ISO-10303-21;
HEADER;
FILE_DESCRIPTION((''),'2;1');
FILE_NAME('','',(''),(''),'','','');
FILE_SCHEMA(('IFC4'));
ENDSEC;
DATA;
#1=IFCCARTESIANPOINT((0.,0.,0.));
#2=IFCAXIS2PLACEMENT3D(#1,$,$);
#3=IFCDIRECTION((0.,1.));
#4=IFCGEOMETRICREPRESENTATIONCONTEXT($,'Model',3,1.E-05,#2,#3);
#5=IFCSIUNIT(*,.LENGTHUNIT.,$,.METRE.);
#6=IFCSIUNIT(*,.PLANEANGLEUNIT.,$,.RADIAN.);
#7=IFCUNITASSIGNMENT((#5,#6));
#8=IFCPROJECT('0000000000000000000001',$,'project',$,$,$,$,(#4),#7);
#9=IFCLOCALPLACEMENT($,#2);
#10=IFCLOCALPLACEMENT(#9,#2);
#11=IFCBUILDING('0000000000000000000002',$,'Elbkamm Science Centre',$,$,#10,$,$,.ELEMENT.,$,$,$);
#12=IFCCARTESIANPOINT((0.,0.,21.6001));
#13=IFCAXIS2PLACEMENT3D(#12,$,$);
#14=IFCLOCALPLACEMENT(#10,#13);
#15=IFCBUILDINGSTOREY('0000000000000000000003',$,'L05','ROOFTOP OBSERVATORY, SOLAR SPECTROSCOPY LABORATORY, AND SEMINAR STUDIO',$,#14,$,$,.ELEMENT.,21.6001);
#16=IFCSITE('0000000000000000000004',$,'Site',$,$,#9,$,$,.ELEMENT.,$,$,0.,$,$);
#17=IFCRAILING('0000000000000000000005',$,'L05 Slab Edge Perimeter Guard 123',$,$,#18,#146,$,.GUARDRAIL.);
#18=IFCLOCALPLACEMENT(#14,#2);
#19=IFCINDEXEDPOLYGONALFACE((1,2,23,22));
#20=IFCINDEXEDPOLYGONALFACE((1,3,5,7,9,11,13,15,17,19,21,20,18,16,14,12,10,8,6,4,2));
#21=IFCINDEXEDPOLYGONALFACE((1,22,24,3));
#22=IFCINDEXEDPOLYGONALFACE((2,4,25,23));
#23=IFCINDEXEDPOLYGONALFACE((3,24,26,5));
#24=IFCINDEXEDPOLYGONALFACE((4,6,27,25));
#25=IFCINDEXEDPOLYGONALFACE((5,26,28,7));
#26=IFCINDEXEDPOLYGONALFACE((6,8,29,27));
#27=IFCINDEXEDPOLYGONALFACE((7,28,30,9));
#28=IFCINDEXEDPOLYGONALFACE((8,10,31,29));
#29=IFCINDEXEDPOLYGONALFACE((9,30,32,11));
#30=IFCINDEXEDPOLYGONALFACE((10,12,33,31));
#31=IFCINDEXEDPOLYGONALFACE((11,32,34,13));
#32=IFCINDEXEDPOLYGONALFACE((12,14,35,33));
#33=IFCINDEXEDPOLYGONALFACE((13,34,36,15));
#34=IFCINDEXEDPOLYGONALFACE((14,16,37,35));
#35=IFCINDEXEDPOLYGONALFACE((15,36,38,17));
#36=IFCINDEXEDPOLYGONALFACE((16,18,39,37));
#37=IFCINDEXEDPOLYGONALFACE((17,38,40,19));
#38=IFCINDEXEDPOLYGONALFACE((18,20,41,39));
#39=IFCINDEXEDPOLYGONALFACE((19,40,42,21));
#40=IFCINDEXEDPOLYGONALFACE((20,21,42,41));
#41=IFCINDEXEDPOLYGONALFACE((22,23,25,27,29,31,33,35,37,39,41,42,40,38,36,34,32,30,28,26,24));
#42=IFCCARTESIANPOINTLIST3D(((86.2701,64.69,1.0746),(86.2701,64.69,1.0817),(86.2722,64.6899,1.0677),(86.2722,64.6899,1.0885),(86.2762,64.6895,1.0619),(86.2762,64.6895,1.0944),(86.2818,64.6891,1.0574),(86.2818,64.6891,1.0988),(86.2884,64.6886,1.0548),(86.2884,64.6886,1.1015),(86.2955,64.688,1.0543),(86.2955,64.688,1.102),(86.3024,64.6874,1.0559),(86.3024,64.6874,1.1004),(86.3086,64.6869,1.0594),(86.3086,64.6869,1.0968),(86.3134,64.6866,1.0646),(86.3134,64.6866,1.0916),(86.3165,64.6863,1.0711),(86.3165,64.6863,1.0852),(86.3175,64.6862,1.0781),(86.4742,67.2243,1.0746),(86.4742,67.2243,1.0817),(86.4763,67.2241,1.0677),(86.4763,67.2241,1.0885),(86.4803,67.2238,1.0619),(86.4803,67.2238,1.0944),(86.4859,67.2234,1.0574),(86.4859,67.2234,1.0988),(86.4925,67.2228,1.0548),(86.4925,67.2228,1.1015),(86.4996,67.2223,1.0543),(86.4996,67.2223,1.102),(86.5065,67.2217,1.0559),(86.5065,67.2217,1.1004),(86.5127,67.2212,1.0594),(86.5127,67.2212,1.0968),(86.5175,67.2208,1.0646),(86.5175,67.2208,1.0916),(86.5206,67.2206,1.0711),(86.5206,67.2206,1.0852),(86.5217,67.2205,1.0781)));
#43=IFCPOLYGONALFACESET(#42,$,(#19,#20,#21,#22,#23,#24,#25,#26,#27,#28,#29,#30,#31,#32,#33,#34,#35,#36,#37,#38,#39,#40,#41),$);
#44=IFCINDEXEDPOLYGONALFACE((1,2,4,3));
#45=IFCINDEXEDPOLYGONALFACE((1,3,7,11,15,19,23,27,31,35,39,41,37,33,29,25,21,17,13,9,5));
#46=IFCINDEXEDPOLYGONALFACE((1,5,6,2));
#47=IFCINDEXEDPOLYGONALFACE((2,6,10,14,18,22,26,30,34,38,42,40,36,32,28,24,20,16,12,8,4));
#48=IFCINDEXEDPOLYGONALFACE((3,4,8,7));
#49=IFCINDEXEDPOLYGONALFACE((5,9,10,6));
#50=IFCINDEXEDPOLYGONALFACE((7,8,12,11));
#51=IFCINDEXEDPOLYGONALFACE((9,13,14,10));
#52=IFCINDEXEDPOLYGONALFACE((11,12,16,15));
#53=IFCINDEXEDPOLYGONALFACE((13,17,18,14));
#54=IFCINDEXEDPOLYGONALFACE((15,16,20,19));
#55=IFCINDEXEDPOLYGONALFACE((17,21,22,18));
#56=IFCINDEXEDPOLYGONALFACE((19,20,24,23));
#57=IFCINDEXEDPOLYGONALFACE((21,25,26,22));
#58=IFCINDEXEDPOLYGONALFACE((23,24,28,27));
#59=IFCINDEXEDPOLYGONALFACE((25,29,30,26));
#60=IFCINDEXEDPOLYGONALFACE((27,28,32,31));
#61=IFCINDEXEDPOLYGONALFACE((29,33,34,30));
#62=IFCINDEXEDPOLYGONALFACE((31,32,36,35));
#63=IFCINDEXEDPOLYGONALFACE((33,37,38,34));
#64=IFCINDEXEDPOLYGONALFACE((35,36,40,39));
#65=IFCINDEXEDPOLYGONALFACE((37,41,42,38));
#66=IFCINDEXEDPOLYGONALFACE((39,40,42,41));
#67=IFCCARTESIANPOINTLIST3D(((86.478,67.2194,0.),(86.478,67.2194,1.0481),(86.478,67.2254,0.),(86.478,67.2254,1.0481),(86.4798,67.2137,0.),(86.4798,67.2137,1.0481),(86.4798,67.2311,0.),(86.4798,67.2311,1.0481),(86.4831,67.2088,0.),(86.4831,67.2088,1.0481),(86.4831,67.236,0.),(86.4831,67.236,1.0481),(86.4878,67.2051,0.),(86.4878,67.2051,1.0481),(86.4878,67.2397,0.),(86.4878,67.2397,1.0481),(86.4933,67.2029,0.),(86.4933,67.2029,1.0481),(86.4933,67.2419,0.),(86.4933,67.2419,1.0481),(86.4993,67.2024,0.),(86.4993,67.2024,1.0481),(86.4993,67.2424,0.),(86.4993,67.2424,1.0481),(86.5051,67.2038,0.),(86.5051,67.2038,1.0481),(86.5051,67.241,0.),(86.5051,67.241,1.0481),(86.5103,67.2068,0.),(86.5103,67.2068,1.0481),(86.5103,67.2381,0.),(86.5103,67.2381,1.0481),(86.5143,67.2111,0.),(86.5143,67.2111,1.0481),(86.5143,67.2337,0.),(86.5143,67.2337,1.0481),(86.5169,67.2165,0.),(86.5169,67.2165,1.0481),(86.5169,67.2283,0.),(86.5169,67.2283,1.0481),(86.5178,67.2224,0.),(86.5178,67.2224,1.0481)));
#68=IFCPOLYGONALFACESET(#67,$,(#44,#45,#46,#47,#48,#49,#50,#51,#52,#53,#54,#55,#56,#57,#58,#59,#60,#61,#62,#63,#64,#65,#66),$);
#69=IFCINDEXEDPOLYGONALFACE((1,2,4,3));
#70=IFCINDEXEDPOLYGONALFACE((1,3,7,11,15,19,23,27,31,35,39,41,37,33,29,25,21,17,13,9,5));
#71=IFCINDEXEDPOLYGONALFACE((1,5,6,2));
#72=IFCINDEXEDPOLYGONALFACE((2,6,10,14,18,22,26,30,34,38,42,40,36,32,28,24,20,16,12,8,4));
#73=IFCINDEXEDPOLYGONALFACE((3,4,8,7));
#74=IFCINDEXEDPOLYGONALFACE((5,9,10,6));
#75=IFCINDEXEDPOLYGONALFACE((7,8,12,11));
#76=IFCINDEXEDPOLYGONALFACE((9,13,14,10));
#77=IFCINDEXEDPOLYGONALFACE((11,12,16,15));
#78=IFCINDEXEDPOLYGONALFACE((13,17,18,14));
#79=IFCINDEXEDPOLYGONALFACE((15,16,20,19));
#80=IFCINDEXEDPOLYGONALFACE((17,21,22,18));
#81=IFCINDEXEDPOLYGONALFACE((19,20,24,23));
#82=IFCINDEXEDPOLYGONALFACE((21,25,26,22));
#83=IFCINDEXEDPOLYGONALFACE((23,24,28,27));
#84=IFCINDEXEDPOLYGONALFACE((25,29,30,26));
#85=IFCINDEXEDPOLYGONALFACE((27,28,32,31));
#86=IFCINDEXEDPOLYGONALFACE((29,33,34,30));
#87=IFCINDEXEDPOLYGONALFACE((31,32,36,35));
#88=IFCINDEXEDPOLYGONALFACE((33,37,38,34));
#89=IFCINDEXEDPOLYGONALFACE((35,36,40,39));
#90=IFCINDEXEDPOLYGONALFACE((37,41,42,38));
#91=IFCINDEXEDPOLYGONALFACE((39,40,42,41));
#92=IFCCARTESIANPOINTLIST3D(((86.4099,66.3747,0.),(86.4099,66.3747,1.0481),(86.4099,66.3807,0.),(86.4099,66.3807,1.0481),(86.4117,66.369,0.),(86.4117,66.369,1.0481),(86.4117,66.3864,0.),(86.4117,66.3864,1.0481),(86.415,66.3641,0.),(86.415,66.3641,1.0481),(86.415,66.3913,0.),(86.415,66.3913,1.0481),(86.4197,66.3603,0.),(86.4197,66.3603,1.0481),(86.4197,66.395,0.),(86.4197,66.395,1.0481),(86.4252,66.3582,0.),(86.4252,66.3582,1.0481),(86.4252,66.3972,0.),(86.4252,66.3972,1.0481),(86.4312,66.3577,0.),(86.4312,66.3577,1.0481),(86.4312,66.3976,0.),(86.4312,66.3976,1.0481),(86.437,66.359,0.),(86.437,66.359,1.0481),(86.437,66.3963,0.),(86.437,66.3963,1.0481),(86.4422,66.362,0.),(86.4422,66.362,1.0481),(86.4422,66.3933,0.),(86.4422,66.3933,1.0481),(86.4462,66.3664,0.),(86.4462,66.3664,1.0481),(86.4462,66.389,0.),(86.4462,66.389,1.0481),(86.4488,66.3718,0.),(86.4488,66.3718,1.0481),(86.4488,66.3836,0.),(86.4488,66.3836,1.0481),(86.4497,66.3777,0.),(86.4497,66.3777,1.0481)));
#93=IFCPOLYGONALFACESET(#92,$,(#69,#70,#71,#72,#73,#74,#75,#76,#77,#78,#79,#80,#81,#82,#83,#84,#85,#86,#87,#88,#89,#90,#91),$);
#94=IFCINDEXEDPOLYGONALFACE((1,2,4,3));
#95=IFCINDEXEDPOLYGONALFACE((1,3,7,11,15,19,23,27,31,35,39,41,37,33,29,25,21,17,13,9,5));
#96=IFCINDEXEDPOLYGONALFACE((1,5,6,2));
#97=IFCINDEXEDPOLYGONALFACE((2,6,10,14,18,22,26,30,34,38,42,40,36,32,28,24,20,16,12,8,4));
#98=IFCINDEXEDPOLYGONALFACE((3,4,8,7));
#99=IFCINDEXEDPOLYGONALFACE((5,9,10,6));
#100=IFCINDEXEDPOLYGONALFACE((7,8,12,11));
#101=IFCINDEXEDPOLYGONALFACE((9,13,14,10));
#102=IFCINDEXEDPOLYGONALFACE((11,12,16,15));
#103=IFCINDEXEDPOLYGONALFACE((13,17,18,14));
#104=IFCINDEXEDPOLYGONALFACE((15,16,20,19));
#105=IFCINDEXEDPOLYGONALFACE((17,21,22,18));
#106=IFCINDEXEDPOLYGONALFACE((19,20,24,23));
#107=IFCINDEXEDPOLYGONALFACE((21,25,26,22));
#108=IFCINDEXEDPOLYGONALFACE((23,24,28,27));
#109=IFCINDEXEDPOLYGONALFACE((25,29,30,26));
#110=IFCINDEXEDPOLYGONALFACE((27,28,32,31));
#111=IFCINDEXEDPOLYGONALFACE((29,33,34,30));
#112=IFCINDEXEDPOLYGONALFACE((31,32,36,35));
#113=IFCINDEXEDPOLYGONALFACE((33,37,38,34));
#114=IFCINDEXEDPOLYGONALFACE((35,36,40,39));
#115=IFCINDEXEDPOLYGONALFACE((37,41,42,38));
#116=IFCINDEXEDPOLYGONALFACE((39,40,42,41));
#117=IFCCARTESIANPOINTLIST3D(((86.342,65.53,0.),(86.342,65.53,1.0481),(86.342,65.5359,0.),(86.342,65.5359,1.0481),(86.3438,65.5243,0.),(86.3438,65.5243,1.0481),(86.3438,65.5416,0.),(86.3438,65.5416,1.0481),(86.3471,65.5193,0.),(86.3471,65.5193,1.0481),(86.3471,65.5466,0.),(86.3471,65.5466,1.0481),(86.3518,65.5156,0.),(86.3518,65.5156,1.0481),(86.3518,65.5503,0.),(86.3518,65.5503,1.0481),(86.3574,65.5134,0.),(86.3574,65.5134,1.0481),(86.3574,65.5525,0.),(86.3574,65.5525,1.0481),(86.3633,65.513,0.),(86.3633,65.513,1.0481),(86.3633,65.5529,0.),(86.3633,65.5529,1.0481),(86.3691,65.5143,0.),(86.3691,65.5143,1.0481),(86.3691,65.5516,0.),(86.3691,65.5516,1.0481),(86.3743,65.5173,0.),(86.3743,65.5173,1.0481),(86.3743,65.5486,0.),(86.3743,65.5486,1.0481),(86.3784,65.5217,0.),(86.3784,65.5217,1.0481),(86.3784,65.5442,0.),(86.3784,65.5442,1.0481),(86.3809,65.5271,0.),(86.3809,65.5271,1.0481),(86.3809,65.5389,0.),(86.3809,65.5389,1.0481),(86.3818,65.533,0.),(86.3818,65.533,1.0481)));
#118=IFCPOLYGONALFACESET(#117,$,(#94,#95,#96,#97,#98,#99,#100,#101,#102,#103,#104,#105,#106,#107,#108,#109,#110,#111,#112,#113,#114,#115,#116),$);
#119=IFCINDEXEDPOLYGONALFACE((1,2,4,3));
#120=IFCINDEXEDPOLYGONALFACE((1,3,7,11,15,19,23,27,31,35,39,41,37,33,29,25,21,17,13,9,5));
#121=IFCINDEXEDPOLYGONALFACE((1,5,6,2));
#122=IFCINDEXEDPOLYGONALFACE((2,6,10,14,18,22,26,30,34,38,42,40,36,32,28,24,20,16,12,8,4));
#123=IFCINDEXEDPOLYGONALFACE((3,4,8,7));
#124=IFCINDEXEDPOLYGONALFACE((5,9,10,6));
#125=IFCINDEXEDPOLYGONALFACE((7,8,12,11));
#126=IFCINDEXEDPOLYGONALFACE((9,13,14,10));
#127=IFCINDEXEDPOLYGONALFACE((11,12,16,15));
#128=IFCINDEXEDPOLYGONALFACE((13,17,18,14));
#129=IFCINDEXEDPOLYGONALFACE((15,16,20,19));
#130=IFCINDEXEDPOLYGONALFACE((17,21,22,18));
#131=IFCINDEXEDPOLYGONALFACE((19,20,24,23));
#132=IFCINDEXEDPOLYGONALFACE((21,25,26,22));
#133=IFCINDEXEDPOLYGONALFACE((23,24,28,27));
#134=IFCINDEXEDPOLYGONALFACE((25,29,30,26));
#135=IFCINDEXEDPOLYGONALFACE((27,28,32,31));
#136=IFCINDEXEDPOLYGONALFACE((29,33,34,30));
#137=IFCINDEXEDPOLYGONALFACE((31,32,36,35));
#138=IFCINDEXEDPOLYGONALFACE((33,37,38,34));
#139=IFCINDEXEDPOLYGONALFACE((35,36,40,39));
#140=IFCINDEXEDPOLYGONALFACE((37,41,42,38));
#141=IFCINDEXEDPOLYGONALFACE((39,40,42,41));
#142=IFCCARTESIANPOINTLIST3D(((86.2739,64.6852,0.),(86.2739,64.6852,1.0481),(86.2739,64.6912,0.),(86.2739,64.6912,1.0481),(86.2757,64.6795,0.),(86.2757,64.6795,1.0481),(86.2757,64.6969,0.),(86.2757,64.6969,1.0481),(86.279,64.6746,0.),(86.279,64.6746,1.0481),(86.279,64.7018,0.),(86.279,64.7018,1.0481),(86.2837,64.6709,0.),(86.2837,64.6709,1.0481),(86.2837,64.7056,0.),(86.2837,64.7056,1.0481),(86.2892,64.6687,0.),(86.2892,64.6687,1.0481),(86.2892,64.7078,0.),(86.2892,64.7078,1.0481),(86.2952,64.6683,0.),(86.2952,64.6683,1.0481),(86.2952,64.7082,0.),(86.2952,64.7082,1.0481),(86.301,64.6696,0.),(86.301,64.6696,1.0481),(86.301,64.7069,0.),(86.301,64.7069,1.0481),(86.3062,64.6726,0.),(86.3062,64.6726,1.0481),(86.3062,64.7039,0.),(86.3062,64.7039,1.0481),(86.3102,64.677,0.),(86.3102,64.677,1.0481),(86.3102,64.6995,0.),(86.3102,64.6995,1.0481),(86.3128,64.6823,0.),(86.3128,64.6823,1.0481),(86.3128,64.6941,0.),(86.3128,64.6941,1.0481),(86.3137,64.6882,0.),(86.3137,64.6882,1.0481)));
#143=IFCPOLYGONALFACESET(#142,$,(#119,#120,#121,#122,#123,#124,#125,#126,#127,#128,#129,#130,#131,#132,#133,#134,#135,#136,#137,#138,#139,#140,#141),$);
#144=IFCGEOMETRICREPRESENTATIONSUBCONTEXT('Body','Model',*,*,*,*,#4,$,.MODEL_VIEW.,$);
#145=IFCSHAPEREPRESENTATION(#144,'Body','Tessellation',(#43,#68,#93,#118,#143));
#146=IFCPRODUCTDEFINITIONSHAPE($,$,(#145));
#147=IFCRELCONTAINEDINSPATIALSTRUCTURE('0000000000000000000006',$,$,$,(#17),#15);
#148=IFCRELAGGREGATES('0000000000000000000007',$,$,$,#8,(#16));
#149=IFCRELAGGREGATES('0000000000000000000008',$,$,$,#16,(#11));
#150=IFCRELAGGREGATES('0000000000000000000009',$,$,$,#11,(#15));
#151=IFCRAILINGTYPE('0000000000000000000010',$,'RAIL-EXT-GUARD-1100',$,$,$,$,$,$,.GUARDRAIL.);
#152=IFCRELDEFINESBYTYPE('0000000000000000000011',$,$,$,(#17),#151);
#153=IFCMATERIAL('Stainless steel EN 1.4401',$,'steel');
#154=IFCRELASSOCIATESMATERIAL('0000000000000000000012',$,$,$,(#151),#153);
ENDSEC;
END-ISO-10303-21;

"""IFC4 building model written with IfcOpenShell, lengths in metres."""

from ifc_helpers import new_model, si_unit, direction, frame, origin, origin_2d, place, context, subcontext, project, spatial, circle, extrude, material, type_object, element, save


model = new_model("IFC4")

# Units and contexts
model_context = context("Model", 3, precision=1e-05, world=origin(), true_north=direction((0.0, 1.0)))
body_context = subcontext(model_context, "Body", "Model", "MODEL_VIEW")
ifc_project = project(units=[si_unit("LENGTHUNIT", "METRE"), si_unit("PLANEANGLEUNIT", "RADIAN")], contexts=[model_context])

# Site, building, storey
site_placement = place(None, origin())
site = spatial("IfcSite", under=ifc_project, at=site_placement, Name="Site", CompositionType="ELEMENT", RefElevation=0.0)
building_placement = place(site_placement, origin())
building = spatial("IfcBuilding", under=site, at=building_placement, Name="Elbkamm Science Centre", CompositionType="ELEMENT")
storey_placement = place(building_placement, frame((0.0, 0.0, 21.6001)))
storey = spatial("IfcBuildingStorey", under=building, at=storey_placement, Name="L05", Description="ROOFTOP OBSERVATORY, SOLAR SPECTROSCOPY LABORATORY, AND SEMINAR STUDIO", CompositionType="ELEMENT", Elevation=21.6001)

# Railing
ifc_material_1 = material(Name="Stainless steel EN 1.4401", Category="steel")
railing_type = type_object("IfcRailingType", Name="RAIL-EXT-GUARD-1100", PredefinedType="GUARDRAIL", material=ifc_material_1)
railing_1_placement = place(storey_placement, frame((86.4978, 67.2224, 0.0)))
element("IfcRailing", 1, at=railing_1_placement, inside=storey, type_object=railing_type, Name="L05 Slab Edge Perimeter Guard 123", PredefinedType="GUARDRAIL", context=body_context, shape_type="SweptSolid", body=[
    extrude(circle(Radius=0.0239, at=origin_2d()), frame((0.0, 0.0, 1.0781), z_axis=(-0.08028, -0.996772, 0.0), x_axis=(0.996772, -0.08028, 0.0)), (0.0, 0.0, 1.0), 2.5425),
    extrude(circle(Radius=0.02, at=origin_2d()), origin(), (0.0, 0.0, 1.0), 1.0481),
    extrude(circle(Radius=0.02, at=origin_2d()), frame((-0.0681, -0.8447, 0.0)), (0.0, 0.0, 1.0), 1.0481),
    extrude(circle(Radius=0.02, at=origin_2d()), frame((-0.136, -1.6895, 0.0)), (0.0, 0.0, 1.0), 1.0481),
    extrude(circle(Radius=0.02, at=origin_2d()), frame((-0.2041, -2.5342, 0.0)), (0.0, 0.0, 1.0), 1.0481),
])

save(model, "model.ifc")
